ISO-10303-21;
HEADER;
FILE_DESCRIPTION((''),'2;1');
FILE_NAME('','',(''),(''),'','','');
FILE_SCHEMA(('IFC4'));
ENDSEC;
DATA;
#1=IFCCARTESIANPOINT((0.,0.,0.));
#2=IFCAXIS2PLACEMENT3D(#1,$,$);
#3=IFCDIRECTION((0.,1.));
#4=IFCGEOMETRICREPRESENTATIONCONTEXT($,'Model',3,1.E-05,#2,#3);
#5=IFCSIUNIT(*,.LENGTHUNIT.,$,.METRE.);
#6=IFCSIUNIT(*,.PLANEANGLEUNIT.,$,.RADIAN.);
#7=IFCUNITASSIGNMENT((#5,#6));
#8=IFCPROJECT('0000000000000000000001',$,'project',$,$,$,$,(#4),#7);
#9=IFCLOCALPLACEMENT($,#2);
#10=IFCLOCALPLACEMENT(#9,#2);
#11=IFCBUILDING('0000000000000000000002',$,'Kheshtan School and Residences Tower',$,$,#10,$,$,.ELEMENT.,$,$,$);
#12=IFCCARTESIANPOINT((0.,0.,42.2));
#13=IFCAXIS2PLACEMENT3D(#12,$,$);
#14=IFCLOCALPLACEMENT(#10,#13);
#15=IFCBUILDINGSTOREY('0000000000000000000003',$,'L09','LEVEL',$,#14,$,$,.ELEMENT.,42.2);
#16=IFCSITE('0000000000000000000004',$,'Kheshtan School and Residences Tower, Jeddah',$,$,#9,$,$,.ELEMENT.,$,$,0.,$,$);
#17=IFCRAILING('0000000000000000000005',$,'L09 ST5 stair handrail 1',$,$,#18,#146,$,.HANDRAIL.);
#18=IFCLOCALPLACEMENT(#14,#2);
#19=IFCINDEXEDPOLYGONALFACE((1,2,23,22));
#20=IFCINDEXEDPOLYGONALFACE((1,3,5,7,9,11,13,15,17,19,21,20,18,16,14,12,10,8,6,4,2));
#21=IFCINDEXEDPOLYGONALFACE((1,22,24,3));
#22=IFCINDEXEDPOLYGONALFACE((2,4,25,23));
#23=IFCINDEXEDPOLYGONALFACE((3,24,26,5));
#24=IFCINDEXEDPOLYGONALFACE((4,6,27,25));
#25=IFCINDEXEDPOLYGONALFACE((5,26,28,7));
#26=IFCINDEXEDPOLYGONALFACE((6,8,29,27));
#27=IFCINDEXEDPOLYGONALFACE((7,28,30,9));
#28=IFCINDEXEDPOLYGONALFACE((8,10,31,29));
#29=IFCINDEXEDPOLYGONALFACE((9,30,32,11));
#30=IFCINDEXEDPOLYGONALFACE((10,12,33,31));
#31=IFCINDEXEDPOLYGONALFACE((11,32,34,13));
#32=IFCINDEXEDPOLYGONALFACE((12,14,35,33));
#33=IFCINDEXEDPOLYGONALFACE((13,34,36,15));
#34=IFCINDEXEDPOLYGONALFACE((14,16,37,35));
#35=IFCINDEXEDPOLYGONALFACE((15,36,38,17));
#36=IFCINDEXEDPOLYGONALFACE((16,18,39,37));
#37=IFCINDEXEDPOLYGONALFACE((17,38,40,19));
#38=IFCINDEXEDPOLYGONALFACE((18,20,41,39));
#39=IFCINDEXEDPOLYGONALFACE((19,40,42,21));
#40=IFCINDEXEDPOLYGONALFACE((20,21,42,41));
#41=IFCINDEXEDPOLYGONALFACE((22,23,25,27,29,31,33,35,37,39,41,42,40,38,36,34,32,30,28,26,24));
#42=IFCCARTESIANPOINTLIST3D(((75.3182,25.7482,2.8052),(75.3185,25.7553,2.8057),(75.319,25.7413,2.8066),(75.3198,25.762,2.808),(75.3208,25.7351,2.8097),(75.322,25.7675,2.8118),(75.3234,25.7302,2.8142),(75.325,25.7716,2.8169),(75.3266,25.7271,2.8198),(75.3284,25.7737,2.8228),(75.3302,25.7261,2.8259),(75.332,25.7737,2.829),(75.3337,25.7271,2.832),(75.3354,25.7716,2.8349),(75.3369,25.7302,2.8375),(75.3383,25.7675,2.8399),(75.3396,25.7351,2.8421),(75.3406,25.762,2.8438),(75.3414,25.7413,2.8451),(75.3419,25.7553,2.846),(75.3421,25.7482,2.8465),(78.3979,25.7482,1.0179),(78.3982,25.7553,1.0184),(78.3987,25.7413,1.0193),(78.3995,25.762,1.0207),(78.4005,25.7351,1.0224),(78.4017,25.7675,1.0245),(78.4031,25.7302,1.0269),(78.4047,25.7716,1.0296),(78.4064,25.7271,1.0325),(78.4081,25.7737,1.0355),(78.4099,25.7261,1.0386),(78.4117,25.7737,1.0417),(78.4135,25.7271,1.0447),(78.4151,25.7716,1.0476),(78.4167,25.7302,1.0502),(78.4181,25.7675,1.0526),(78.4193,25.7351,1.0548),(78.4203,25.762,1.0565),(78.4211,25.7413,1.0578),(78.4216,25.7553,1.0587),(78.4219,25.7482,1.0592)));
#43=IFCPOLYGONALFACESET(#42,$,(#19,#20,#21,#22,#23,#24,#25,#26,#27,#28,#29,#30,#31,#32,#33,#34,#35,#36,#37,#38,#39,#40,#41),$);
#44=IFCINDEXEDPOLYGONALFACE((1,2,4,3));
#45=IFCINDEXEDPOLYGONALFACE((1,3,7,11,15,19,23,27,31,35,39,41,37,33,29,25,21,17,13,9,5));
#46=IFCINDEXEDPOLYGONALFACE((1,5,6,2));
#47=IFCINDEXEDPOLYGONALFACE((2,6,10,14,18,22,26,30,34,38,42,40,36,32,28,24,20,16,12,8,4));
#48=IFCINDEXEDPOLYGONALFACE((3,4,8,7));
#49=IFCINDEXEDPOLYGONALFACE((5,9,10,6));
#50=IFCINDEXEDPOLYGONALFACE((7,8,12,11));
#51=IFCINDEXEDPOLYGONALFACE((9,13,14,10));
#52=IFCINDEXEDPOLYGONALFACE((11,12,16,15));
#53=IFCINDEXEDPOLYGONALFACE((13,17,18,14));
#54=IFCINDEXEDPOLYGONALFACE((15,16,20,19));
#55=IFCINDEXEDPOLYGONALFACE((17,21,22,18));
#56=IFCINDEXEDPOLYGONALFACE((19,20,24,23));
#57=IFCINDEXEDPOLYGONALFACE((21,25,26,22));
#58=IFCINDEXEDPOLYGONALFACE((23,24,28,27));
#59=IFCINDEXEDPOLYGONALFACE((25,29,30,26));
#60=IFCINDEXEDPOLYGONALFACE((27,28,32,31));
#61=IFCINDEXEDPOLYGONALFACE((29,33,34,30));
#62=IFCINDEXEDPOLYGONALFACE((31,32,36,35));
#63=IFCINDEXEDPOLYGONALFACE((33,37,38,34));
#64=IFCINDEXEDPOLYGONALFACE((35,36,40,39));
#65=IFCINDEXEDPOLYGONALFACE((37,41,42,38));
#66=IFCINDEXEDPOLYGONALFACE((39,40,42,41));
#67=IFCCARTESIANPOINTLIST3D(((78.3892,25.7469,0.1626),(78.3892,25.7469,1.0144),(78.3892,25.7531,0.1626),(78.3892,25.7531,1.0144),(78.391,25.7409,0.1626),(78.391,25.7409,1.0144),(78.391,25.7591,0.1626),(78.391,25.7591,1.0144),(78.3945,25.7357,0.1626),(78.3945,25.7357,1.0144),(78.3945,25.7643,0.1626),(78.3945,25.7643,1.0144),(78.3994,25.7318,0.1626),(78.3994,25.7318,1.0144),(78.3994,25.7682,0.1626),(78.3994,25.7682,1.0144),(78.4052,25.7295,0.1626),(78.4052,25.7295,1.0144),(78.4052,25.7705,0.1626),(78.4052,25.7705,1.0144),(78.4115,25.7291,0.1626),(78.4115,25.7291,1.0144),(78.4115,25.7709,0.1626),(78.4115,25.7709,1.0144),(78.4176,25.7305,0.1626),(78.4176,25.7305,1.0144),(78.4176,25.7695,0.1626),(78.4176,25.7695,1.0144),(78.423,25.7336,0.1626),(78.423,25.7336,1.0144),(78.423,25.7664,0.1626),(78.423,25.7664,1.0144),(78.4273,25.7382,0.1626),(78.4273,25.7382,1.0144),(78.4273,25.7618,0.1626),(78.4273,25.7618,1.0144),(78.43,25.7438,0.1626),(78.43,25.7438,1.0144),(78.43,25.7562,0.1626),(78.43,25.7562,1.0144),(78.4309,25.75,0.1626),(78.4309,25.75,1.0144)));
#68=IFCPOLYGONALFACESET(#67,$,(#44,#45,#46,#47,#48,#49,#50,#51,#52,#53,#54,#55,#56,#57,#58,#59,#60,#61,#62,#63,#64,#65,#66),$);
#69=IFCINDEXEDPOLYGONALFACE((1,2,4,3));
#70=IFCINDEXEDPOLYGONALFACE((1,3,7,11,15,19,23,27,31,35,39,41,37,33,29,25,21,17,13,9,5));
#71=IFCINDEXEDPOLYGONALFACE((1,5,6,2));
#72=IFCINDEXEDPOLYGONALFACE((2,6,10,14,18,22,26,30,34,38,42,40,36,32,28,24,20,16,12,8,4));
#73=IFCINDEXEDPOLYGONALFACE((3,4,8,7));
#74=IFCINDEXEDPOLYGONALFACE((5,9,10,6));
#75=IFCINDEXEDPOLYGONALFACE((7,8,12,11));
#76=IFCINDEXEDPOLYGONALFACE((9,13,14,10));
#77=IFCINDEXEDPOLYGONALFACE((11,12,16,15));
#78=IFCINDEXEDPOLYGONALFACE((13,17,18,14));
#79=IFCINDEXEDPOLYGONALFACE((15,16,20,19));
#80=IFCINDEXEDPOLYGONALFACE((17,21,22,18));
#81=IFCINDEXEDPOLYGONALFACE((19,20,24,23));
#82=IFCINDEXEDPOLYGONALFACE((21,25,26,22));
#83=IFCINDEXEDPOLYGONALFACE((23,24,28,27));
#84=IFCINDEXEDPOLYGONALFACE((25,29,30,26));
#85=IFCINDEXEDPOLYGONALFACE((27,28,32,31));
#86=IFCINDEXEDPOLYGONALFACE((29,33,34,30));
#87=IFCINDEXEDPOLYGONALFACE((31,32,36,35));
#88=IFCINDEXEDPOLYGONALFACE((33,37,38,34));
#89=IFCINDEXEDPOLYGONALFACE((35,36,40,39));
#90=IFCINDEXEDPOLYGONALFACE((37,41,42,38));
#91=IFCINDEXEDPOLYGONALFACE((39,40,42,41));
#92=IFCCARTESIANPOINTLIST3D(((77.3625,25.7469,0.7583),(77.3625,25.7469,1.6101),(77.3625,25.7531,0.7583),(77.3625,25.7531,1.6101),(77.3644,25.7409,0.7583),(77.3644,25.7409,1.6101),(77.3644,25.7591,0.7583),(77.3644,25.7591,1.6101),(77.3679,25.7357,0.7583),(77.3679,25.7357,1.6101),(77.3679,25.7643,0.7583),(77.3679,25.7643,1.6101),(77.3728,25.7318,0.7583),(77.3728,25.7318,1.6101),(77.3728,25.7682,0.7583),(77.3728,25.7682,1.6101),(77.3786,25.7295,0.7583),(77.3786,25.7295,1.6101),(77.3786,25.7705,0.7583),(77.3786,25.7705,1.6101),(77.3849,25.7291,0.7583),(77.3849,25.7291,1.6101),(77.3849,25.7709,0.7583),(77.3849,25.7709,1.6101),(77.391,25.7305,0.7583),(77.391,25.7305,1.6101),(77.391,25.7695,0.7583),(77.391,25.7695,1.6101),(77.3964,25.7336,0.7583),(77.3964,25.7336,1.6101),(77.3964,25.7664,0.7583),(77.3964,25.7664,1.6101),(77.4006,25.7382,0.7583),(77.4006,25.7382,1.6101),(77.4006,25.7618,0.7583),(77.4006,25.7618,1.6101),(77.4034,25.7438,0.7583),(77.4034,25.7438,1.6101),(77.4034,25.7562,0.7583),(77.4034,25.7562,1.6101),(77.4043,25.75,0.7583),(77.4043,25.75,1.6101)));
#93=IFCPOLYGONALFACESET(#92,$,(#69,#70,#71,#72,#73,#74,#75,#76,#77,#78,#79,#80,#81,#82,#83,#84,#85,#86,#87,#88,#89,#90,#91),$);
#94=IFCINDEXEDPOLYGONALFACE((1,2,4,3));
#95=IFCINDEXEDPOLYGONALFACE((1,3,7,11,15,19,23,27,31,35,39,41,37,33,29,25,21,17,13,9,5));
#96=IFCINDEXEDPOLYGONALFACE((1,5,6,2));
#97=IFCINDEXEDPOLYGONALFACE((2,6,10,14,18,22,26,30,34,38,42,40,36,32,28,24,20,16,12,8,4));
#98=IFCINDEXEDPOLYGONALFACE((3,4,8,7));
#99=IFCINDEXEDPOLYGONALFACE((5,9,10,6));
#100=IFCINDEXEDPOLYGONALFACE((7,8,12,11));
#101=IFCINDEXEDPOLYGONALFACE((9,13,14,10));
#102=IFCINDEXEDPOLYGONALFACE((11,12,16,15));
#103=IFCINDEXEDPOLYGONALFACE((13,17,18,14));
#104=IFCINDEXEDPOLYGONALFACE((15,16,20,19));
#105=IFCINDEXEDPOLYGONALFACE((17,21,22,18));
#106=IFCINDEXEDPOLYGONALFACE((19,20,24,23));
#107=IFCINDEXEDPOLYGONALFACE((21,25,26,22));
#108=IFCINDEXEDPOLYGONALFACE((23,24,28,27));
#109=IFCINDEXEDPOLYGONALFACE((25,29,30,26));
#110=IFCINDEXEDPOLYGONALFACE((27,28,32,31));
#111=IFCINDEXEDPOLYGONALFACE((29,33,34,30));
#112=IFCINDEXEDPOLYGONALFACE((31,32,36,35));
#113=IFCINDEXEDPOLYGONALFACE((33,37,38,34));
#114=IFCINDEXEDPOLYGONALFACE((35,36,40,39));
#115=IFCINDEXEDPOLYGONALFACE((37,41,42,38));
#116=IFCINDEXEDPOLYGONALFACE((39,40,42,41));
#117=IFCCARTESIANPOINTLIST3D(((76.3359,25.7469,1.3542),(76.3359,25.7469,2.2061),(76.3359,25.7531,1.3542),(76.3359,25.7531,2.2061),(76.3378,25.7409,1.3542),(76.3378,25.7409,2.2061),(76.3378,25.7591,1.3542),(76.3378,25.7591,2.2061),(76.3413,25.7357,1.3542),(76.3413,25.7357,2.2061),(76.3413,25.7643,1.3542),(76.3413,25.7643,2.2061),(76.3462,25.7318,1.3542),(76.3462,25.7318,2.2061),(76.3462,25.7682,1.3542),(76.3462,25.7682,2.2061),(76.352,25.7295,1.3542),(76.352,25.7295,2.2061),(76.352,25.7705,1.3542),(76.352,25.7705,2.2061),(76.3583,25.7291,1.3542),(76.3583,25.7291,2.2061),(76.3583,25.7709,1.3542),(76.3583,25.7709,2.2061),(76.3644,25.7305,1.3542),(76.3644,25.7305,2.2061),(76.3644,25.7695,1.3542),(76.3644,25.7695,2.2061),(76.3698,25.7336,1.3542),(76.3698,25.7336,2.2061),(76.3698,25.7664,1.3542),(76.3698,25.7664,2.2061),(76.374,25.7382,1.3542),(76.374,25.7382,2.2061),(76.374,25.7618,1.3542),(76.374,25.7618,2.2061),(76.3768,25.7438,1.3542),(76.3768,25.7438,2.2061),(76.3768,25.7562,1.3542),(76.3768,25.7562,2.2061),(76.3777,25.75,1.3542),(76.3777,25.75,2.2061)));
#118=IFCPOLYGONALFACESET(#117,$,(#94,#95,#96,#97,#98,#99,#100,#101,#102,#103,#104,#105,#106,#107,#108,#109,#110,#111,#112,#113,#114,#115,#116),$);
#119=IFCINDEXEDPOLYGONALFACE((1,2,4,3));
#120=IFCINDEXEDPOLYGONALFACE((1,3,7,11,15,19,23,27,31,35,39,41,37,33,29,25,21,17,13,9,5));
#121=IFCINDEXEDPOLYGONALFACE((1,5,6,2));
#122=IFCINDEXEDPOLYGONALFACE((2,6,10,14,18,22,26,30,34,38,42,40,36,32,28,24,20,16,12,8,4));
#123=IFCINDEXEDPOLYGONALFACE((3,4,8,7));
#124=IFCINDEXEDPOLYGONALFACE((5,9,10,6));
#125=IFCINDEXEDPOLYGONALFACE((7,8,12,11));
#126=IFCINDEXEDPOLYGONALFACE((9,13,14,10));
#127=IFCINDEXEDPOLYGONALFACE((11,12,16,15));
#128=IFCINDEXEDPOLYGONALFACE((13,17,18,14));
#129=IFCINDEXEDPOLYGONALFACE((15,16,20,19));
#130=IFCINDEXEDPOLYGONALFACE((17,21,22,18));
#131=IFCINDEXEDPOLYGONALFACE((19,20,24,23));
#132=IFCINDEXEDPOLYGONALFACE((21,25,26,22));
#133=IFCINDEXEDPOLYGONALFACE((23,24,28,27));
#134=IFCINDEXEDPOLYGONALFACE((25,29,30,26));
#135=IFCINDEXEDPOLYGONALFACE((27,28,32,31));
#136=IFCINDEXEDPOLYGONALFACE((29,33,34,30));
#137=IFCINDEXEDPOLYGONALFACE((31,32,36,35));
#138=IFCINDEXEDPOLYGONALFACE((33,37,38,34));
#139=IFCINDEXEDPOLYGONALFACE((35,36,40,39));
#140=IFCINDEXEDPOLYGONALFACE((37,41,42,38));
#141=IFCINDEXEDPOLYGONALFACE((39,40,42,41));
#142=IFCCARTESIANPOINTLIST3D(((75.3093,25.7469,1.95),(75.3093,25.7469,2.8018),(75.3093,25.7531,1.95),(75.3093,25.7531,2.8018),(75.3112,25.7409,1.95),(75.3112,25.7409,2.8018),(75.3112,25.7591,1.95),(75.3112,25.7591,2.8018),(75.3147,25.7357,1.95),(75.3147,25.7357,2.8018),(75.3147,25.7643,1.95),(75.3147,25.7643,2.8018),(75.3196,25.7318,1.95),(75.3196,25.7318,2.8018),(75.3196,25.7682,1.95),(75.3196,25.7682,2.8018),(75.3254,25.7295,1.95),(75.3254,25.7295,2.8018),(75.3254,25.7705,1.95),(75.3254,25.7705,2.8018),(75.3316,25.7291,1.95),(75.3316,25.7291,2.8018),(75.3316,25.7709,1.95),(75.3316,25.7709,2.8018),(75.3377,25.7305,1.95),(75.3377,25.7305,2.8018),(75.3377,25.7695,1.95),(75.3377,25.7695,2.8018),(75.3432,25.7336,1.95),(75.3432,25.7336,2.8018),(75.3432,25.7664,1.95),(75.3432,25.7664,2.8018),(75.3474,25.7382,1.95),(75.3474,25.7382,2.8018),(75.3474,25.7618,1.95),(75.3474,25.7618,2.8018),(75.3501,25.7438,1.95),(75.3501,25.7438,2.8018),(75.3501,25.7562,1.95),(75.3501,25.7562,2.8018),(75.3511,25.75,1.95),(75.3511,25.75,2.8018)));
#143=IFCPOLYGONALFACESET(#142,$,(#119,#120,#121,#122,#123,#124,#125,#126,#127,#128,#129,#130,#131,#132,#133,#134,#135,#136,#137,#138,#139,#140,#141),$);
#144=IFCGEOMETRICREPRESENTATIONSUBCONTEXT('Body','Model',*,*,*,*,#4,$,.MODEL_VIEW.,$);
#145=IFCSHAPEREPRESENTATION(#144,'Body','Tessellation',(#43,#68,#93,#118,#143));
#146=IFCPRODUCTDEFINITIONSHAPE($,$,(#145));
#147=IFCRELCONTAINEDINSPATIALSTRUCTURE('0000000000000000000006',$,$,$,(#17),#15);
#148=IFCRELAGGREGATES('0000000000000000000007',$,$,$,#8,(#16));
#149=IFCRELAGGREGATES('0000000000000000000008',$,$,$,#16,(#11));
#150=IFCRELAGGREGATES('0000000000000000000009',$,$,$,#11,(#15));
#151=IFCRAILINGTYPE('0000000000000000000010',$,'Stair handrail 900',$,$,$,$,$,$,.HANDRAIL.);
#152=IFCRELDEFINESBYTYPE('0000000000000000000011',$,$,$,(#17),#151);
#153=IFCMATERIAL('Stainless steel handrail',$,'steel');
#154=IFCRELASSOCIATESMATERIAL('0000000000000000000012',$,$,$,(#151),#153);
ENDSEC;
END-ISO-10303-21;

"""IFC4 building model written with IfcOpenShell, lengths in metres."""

from ifc_helpers import new_model, si_unit, direction, frame, origin, origin_2d, place, context, subcontext, project, spatial, circle, extrude, material, type_object, element, save


model = new_model("IFC4")

# Units and contexts
model_context = context("Model", 3, precision=1e-05, world=origin(), true_north=direction((0.0, 1.0)))
body_context = subcontext(model_context, "Body", "Model", "MODEL_VIEW")
ifc_project = project(units=[si_unit("LENGTHUNIT", "METRE"), si_unit("PLANEANGLEUNIT", "RADIAN")], contexts=[model_context])

# Site, building, storey
site_placement = place(None, origin())
site = spatial("IfcSite", under=ifc_project, at=site_placement, Name="Kheshtan School and Residences Tower, Jeddah", CompositionType="ELEMENT", RefElevation=0.0)
building_placement = place(site_placement, origin())
building = spatial("IfcBuilding", under=site, at=building_placement, Name="Kheshtan School and Residences Tower", CompositionType="ELEMENT")
storey_placement = place(building_placement, frame((0.0, 0.0, 42.2)))
storey = spatial("IfcBuildingStorey", under=building, at=storey_placement, Name="L09", Description="LEVEL", CompositionType="ELEMENT", Elevation=42.2)

# Railing
ifc_material_1 = material(Name="Stainless steel handrail", Category="steel")
railing_type_1 = type_object("IfcRailingType", Name="Stair handrail 900", PredefinedType="HANDRAIL", material=ifc_material_1)
railing_1_placement = place(storey_placement, frame((78.4099, 25.75, 0.1626)))
element("IfcRailing", 1, at=railing_1_placement, inside=storey, type_object=railing_type_1, Name="L09 ST5 stair handrail 1", PredefinedType="HANDRAIL", context=body_context, shape_type="SweptSolid", body=[
    extrude(circle(Radius=0.0239, at=origin_2d()), frame((0.0, 0.0, 0.876), z_axis=(-0.864903, 0.0, 0.501939), x_axis=(0.0, -1.0, 0.0)), (0.0, 0.0, 1.0), 3.5608),
    extrude(circle(Radius=0.021, at=origin_2d()), origin(), (0.0, 0.0, 1.0), 0.8518),
    extrude(circle(Radius=0.021, at=origin_2d()), frame((-1.0266, 0.0, 0.5957)), (0.0, 0.0, 1.0), 0.8518),
    extrude(circle(Radius=0.021, at=origin_2d()), frame((-2.0532, 0.0, 1.1917)), (0.0, 0.0, 1.0), 0.8518),
    extrude(circle(Radius=0.021, at=origin_2d()), frame((-3.0798, 0.0, 1.7874)), (0.0, 0.0, 1.0), 0.8518),
])

save(model, "model.ifc")
